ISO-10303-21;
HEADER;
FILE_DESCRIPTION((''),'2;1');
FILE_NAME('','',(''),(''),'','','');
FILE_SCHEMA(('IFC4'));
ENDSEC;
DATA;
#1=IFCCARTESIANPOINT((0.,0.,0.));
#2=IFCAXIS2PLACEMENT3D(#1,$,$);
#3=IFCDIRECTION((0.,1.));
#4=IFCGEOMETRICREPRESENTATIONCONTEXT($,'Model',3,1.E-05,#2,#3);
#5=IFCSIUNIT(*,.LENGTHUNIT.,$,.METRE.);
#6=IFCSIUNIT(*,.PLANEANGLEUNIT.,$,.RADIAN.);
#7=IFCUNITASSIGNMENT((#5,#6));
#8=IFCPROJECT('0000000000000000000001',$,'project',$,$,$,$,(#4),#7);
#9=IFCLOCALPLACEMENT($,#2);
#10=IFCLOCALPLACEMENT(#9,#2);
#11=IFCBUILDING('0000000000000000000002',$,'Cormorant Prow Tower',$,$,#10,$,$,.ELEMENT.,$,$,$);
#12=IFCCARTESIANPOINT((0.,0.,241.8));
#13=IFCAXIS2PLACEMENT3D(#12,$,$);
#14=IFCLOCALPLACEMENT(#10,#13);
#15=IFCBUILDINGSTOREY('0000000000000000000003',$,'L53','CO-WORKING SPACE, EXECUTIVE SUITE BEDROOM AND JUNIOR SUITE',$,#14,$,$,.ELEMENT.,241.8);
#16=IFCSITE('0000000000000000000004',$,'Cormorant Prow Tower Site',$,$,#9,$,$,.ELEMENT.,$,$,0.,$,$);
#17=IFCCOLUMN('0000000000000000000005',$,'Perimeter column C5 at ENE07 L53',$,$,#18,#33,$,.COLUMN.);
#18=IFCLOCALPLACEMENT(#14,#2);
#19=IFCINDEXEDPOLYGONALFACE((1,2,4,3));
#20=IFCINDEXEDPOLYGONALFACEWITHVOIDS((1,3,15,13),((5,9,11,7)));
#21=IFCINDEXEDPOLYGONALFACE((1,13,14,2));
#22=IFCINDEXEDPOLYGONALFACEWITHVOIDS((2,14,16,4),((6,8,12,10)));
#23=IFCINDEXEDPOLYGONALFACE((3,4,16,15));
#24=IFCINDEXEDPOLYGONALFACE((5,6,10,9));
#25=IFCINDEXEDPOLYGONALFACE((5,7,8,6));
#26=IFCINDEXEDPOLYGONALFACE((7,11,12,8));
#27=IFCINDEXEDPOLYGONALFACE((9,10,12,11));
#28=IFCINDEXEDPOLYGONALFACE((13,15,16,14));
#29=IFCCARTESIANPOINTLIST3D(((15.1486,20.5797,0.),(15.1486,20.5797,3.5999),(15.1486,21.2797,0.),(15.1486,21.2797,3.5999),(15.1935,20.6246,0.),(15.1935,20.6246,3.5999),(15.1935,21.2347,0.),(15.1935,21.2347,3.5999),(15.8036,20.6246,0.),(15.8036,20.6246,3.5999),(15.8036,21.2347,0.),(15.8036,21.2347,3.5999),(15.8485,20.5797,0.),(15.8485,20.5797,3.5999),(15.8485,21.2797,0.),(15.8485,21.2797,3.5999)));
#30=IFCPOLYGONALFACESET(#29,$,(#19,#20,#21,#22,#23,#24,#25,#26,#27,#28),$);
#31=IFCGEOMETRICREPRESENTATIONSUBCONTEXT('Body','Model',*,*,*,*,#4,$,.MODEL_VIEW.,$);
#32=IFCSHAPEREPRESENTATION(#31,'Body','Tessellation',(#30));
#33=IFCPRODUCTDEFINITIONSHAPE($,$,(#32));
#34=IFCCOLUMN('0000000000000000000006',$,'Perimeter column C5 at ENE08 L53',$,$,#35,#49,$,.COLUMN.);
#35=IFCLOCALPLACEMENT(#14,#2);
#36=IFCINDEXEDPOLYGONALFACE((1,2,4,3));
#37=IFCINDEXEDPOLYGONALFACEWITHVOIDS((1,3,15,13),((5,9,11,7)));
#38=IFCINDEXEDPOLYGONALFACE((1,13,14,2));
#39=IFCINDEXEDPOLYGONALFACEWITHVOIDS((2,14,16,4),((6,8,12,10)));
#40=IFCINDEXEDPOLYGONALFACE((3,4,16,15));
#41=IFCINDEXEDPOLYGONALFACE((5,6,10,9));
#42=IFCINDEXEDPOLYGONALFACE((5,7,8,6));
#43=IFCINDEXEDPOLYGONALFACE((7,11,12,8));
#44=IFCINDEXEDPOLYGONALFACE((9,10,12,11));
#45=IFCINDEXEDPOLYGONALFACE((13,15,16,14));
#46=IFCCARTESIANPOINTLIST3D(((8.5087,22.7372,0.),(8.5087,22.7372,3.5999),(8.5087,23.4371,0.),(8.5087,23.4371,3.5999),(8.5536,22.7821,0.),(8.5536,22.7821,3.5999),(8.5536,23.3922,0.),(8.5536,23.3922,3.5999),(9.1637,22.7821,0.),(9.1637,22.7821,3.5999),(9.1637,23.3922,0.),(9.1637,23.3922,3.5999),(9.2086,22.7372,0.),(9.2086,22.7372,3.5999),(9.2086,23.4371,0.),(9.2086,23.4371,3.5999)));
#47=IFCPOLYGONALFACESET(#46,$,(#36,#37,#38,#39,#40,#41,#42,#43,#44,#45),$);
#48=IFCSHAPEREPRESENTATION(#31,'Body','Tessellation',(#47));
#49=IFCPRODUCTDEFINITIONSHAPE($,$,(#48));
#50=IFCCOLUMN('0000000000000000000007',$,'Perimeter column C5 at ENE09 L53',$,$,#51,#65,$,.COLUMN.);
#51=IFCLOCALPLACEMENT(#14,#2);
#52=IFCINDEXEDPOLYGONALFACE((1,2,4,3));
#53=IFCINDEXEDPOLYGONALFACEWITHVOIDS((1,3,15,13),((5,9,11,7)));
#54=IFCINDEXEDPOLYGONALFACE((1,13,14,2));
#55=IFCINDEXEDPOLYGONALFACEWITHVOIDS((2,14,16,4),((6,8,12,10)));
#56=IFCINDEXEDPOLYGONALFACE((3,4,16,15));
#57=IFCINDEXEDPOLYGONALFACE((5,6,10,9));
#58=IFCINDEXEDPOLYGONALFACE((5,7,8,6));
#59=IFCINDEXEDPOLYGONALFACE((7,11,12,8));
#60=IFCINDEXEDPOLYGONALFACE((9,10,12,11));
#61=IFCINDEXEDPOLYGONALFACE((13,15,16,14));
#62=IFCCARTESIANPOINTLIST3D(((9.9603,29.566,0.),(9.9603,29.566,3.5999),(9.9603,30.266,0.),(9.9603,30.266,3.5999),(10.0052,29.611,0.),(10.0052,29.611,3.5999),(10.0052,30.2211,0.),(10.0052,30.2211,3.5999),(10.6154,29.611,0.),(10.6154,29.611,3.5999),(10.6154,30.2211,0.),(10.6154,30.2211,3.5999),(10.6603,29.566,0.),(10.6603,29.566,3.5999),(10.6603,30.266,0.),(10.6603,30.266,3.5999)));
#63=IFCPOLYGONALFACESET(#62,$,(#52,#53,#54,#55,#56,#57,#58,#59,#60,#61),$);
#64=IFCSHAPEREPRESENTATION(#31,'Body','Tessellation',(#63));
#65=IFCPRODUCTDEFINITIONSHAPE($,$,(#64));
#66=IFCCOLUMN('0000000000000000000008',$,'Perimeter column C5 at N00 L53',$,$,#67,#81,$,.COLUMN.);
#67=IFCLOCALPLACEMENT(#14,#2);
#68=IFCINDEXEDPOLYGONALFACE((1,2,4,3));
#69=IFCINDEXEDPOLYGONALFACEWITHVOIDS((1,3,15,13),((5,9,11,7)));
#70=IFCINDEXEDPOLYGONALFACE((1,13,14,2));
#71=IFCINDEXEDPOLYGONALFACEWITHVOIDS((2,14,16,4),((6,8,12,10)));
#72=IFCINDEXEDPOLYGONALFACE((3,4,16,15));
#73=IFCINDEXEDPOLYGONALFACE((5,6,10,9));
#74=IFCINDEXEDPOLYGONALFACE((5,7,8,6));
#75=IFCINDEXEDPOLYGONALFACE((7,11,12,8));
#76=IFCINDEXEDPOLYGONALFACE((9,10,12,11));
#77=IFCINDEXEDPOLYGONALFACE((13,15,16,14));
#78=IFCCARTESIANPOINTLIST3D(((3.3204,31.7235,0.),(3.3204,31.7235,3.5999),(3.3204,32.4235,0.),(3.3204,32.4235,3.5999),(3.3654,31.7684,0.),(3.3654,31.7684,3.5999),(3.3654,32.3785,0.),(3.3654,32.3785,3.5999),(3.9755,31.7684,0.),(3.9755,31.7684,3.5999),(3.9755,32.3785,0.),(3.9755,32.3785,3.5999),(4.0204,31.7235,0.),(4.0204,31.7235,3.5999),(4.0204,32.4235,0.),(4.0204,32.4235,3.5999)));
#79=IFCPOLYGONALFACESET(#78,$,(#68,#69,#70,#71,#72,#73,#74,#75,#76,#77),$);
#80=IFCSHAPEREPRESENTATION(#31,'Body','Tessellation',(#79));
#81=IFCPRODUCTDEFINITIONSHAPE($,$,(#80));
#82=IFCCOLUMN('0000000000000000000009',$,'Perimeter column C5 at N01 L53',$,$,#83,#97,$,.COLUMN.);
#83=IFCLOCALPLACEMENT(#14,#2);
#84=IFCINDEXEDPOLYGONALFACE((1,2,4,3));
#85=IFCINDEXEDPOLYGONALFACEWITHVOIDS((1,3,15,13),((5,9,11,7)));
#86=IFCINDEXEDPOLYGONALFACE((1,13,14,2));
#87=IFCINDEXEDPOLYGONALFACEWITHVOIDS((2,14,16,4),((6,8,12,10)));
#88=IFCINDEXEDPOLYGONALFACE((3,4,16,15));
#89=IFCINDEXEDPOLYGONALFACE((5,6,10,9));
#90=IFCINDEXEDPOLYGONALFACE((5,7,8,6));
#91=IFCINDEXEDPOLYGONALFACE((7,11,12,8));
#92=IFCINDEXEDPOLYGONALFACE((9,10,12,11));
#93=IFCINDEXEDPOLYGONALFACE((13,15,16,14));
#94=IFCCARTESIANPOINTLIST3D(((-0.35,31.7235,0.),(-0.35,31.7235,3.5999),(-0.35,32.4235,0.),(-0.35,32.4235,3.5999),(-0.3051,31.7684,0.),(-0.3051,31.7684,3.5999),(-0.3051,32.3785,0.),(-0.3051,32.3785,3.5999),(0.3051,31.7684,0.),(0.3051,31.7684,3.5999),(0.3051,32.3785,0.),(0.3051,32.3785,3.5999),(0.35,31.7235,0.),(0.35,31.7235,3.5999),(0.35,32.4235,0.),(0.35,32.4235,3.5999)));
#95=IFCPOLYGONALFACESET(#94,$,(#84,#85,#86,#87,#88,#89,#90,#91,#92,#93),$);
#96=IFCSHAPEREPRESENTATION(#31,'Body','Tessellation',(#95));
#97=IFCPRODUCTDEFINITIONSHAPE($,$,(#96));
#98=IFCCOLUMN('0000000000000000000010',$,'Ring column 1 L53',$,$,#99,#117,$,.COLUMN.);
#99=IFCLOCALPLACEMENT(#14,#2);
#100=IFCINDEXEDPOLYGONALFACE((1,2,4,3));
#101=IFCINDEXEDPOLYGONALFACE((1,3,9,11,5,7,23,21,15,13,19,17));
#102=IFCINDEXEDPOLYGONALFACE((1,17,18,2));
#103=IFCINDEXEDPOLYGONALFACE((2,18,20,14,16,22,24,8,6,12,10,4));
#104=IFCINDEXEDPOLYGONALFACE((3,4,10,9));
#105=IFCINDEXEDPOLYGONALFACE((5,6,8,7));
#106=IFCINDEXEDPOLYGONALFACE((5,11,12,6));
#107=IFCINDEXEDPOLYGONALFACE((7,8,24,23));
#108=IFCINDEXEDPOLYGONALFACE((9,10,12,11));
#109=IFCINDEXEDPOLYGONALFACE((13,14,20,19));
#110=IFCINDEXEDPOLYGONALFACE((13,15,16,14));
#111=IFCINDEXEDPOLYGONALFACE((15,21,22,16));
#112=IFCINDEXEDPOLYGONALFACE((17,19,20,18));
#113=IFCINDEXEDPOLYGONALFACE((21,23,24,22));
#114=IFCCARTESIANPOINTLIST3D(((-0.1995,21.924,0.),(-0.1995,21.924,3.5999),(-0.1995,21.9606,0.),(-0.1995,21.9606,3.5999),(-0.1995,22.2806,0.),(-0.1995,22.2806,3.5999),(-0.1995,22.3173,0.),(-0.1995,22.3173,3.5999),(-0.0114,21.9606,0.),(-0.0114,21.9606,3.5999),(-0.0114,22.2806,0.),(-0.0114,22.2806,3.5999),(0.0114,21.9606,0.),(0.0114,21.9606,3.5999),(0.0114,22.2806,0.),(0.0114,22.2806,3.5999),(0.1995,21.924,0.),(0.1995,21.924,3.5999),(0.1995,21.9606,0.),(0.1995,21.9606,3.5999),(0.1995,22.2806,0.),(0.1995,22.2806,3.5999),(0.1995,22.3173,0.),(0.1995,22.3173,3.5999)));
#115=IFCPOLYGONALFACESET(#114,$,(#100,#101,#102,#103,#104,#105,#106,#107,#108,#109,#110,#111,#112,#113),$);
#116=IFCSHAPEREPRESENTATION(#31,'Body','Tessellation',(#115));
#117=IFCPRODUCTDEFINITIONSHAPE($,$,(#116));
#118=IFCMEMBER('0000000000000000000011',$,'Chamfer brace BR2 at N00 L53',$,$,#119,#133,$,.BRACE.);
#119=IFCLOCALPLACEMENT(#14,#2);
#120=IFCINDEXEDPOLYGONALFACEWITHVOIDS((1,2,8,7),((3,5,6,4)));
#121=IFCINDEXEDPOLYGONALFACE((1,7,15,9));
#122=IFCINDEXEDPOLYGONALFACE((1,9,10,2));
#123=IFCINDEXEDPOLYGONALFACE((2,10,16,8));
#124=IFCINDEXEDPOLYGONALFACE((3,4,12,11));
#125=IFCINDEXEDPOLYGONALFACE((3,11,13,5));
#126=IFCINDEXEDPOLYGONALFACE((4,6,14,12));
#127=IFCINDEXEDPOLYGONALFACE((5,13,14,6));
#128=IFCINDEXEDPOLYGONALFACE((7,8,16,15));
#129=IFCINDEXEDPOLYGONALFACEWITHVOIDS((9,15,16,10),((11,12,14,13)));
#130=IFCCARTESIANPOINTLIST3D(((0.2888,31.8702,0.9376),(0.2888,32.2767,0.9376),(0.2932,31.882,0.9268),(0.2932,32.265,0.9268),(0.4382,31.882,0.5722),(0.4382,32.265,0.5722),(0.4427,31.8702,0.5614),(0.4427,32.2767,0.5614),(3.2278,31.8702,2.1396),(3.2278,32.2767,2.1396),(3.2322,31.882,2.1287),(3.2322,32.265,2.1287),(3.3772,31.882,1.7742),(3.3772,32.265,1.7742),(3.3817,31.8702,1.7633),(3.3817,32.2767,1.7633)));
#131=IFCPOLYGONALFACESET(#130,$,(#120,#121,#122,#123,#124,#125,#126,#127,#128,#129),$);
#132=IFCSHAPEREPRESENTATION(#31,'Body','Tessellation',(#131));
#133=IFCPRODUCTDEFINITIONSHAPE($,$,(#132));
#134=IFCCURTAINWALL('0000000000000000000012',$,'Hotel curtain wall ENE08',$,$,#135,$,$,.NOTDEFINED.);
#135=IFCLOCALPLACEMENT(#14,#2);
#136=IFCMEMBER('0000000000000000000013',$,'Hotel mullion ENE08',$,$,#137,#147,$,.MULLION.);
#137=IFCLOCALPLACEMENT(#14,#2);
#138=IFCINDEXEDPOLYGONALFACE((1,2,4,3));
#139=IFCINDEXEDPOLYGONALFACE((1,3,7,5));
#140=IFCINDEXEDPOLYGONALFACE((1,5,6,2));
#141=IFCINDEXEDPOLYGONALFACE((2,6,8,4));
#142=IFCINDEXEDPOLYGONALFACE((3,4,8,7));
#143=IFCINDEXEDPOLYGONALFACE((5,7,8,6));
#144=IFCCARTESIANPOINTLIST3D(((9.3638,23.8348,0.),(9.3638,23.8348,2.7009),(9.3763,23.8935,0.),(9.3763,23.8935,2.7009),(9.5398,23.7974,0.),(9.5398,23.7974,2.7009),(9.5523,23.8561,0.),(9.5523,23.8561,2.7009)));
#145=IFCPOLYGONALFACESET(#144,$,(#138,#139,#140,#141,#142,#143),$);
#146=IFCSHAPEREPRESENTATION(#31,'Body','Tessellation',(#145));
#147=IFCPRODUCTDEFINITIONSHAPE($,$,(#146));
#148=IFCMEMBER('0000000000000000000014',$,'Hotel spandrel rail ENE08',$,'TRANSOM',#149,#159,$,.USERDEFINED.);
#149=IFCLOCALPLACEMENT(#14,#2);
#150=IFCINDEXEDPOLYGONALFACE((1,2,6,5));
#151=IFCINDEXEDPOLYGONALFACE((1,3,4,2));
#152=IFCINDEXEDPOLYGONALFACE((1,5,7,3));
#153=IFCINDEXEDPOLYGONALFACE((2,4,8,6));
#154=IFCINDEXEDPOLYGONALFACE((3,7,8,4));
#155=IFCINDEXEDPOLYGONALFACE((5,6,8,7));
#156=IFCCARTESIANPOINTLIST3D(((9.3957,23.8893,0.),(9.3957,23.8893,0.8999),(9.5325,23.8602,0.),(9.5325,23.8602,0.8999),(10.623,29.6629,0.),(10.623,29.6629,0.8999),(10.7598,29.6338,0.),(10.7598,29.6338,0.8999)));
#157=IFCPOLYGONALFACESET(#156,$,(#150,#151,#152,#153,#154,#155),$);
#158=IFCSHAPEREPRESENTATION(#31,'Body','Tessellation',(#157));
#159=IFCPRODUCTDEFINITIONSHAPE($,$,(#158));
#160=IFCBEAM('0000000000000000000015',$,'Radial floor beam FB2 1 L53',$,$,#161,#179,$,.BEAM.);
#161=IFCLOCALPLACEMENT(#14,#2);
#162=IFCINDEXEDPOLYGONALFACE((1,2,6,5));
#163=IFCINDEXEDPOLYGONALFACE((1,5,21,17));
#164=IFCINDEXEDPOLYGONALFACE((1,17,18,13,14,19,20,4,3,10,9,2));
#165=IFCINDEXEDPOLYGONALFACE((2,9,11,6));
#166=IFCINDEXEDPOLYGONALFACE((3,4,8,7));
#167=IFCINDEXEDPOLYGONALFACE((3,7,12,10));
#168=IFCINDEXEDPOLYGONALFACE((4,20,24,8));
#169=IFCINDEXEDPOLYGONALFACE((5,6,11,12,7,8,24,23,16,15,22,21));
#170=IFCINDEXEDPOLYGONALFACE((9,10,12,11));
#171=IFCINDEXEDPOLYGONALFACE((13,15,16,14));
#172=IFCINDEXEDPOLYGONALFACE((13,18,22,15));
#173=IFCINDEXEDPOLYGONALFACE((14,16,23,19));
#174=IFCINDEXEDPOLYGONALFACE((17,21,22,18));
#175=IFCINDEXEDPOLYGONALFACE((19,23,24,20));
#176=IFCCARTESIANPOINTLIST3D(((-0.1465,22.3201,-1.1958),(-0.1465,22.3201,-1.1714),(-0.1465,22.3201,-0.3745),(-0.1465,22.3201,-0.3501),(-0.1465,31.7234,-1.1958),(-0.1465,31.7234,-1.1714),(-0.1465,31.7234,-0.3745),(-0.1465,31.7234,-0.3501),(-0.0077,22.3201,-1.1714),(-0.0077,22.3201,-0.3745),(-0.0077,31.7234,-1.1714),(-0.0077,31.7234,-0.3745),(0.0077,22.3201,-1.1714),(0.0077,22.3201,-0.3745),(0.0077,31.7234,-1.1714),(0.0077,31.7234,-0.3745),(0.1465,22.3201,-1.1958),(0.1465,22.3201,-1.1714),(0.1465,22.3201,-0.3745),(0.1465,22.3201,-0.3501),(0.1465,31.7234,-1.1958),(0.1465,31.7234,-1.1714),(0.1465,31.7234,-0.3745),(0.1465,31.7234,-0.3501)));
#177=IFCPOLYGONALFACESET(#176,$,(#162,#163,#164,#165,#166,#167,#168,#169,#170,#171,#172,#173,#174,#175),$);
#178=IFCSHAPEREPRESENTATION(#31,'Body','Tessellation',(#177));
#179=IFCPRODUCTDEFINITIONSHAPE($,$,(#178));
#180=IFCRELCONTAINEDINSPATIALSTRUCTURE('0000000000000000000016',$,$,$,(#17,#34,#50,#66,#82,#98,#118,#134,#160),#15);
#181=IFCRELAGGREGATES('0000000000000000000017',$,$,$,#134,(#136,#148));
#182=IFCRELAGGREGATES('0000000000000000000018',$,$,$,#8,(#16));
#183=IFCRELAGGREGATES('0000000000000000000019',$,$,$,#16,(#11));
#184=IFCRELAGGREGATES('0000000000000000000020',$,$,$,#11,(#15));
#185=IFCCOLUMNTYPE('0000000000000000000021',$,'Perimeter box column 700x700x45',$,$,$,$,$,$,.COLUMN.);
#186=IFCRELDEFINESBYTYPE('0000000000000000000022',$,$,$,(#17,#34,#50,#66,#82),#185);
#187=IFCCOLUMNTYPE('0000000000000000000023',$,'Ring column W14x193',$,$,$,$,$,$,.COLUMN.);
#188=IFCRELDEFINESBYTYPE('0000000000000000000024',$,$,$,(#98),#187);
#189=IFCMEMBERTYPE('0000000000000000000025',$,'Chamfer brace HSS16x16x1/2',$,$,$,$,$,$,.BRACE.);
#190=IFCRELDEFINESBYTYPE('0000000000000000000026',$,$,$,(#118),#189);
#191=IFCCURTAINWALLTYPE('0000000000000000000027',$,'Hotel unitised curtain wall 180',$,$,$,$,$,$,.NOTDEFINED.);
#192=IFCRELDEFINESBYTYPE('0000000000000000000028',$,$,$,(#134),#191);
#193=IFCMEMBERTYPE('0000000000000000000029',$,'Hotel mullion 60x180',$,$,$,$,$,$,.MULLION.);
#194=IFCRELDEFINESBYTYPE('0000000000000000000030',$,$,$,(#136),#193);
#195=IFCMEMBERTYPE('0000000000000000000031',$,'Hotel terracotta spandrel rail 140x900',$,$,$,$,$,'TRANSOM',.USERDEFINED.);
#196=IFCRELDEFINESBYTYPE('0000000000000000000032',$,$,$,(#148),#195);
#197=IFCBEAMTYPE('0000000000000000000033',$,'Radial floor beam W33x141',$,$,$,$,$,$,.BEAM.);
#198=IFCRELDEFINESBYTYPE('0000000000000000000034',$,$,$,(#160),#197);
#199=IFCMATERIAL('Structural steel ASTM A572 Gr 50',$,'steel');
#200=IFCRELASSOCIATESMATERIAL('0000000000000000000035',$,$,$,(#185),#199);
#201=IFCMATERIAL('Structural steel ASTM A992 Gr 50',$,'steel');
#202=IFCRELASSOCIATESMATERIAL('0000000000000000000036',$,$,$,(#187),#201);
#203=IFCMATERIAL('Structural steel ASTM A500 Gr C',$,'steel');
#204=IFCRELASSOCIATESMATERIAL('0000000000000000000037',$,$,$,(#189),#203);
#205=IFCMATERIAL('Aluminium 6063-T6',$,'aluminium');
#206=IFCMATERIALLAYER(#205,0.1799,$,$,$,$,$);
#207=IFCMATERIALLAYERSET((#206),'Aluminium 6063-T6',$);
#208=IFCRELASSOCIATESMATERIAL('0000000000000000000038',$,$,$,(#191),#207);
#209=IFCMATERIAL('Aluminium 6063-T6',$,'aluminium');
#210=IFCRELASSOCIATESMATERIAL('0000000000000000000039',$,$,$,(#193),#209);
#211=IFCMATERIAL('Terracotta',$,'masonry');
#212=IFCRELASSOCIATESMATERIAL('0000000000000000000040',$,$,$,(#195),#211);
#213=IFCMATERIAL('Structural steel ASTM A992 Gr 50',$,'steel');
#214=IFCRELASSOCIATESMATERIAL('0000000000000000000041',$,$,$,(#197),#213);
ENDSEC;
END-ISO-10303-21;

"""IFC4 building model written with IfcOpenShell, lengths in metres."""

from ifc_helpers import new_model, si_unit, direction, frame, origin, origin_2d, place, context, subcontext, project, spatial, rectangle, hollow_rectangle, i_section, extrude, material, layer, layer_set, material_profile, profile_set, type_object, element, aggregate, save


model = new_model("IFC4")

# Units and contexts
model_context = context("Model", 3, precision=1e-05, world=origin(), true_north=direction((0.0, 1.0)))
body_context = subcontext(model_context, "Body", "Model", "MODEL_VIEW")
ifc_project = project(units=[si_unit("LENGTHUNIT", "METRE"), si_unit("PLANEANGLEUNIT", "RADIAN")], contexts=[model_context])

# Site, building, storey
site_placement = place(None, origin())
site = spatial("IfcSite", under=ifc_project, at=site_placement, Name="Cormorant Prow Tower Site", CompositionType="ELEMENT", RefElevation=0.0)
building_placement = place(site_placement, origin())
building = spatial("IfcBuilding", under=site, at=building_placement, Name="Cormorant Prow Tower", CompositionType="ELEMENT")
storey_placement = place(building_placement, frame((0.0, 0.0, 241.8)))
storey = spatial("IfcBuildingStorey", under=building, at=storey_placement, Name="L53", Description="CO-WORKING SPACE, EXECUTIVE SUITE BEDROOM AND JUNIOR SUITE", CompositionType="ELEMENT", Elevation=241.8)

# Columns
ifc_material_1 = material(Name="Structural steel ASTM A572 Gr 50", Category="steel")
ifc_material_profile_1 = material_profile(ifc_material_1, hollow_rectangle(XDim=0.7, YDim=0.7, WallThickness=0.0449, at=origin_2d()), Name="Box 700x700x45")
ifc_profile_set_1 = profile_set([ifc_material_profile_1], Name="Structural steel ASTM A572 Gr 50")
column_type_1 = type_object("IfcColumnType", Name="Perimeter box column 700x700x45", PredefinedType="COLUMN", material=ifc_profile_set_1)
for number, where, z_axis, x_axis, name in (
    (1, (15.4985, 20.9297, 0.0), (0.0, 0.0, 1.0), (1.0, 0.0, 0.0), "Perimeter column C5 at ENE07 L53"),
    (2, (8.8586, 23.0872, 0.0), (0.0, 0.0, 1.0), (1.0, 0.0, 0.0), "Perimeter column C5 at ENE08 L53"),
    (3, (10.3103, 29.916, 0.0), (0.0, 0.0, 1.0), (1.0, 0.0, 0.0), "Perimeter column C5 at ENE09 L53"),
    (4, (3.6704, 32.0735, 0.0), (0.0, 0.0, 1.0), (1.0, 0.0, 0.0), "Perimeter column C5 at N00 L53"),
    (5, (0.0, 32.0735, 0.0), (0.0, 0.0, 1.0), (1.0, 0.0, 0.0), "Perimeter column C5 at N01 L53"),
):
    element("IfcColumn", number, at=place(storey_placement, frame(where, z_axis=z_axis, x_axis=x_axis)), inside=storey, type_object=column_type_1, Name=name, PredefinedType="COLUMN", context=body_context, shape_type="SweptSolid", body=[
        extrude(hollow_rectangle(XDim=0.7, YDim=0.7, WallThickness=0.0449, at=origin_2d()), origin(), (0.0, 0.0, 1.0), 3.5999),
    ])
ifc_material_2 = material(Name="Structural steel ASTM A992 Gr 50", Category="steel")
ifc_material_profile_2 = material_profile(ifc_material_2, i_section(OverallWidth=0.3989, OverallDepth=0.3933, WebThickness=0.0227, FlangeThickness=0.0366, at=origin_2d()), Name="W14x193")
ifc_profile_set_2 = profile_set([ifc_material_profile_2], Name="Structural steel ASTM A992 Gr 50")
column_type_2 = type_object("IfcColumnType", Name="Ring column W14x193", PredefinedType="COLUMN", material=ifc_profile_set_2)
column_placement = place(storey_placement, frame((0.0, 22.1206, 0.0), z_axis=(0.0, 0.0, 1.0), x_axis=(1.0, 0.0, 0.0)))
element("IfcColumn", 6, at=column_placement, inside=storey, type_object=column_type_2, Name="Ring column 1 L53", PredefinedType="COLUMN", context=body_context, shape_type="SweptSolid", body=[
    extrude(i_section(OverallWidth=0.3989, OverallDepth=0.3933, WebThickness=0.0227, FlangeThickness=0.0366, at=origin_2d()), origin(), (0.0, 0.0, 1.0), 3.5999),
])

# Member
ifc_material_3 = material(Name="Structural steel ASTM A500 Gr C", Category="steel")
ifc_material_profile_3 = material_profile(ifc_material_3, hollow_rectangle(XDim=0.4065, YDim=0.4065, WallThickness=0.0117, at=origin_2d()), Name="HSS16x16x1/2")
ifc_profile_set_3 = profile_set([ifc_material_profile_3], Name="Structural steel ASTM A500 Gr C")
member_type_1 = type_object("IfcMemberType", Name="Chamfer brace HSS16x16x1/2", PredefinedType="BRACE", material=ifc_profile_set_3)
member_1_placement = place(storey_placement, frame((0.3657, 32.0735, 0.7495), z_axis=(0.925591, 0.0, 0.378525), x_axis=(0.0, 1.0, 0.0)))
element("IfcMember", 7, at=member_1_placement, inside=storey, type_object=member_type_1, Name="Chamfer brace BR2 at N00 L53", PredefinedType="BRACE", context=body_context, shape_type="SweptSolid", body=[
    extrude(hollow_rectangle(XDim=0.4065, YDim=0.4065, WallThickness=0.0117, at=origin_2d()), origin(), (0.0, 0.0, 1.0), 3.1753),
])

# Curtain wall, members
ifc_material_4 = material(Name="Aluminium 6063-T6", Category="aluminium")
ifc_layer_1 = layer(ifc_material_4, 0.1799)
ifc_layer_set_1 = layer_set([ifc_layer_1], Name="Aluminium 6063-T6")
curtain_wall_type = type_object("IfcCurtainWallType", Name="Hotel unitised curtain wall 180", PredefinedType="NOTDEFINED", material=ifc_layer_set_1)
curtain_wall_placement = place(storey_placement, origin())
curtain_wall = element("IfcCurtainWall", 8, at=curtain_wall_placement, inside=storey, type_object=curtain_wall_type, Name="Hotel curtain wall ENE08", PredefinedType="NOTDEFINED")
ifc_material_5 = material(Name="Aluminium 6063-T6", Category="aluminium")
ifc_material_profile_4 = material_profile(ifc_material_5, rectangle(XDim=0.1799, YDim=0.0601, at=origin_2d()), Name="Hotel mullion 60x180")
ifc_profile_set_4 = profile_set([ifc_material_profile_4], Name="Aluminium 6063-T6")
member_type_2 = type_object("IfcMemberType", Name="Hotel mullion 60x180", PredefinedType="MULLION", material=ifc_profile_set_4)
member_2_placement = place(storey_placement, frame((9.458, 23.8455, 0.0), z_axis=(0.0, 0.0, 1.0), x_axis=(-0.978148, 0.207912, 0.0)))
member_2 = element("IfcMember", 9, at=member_2_placement, type_object=member_type_2, Name="Hotel mullion ENE08", PredefinedType="MULLION", context=body_context, shape_type="SweptSolid", body=[
    extrude(rectangle(XDim=0.1799, YDim=0.0601, at=origin_2d()), origin(), (0.0, 0.0, 1.0), 2.7009),
])
ifc_material_6 = material(Name="Terracotta", Category="masonry")
ifc_material_profile_5 = material_profile(ifc_material_6, rectangle(XDim=0.1399, YDim=0.8999, at=origin_2d()), Name="Hotel terracotta spandrel rail 140x900")
ifc_profile_set_5 = profile_set([ifc_material_profile_5], Name="Terracotta")
member_type_3 = type_object("IfcMemberType", Name="Hotel terracotta spandrel rail 140x900", ElementType="TRANSOM", PredefinedType="USERDEFINED", material=ifc_profile_set_5)
member_3_placement = place(storey_placement, frame((9.4641, 23.8748, 0.45), z_axis=(0.207922, 0.978145, 0.0), x_axis=(-0.978145, 0.207922, 0.0)))
member_3 = element("IfcMember", 10, at=member_3_placement, type_object=member_type_3, Name="Hotel spandrel rail ENE08", ObjectType="TRANSOM", PredefinedType="USERDEFINED", context=body_context, shape_type="SweptSolid", body=[
    extrude(rectangle(XDim=0.1399, YDim=0.8999, at=origin_2d()), origin(), (0.0, 0.0, 1.0), 5.9026),
])

# Beam
ifc_material_7 = material(Name="Structural steel ASTM A992 Gr 50", Category="steel")
ifc_material_profile_6 = material_profile(ifc_material_7, i_section(OverallWidth=0.293, OverallDepth=0.8457, WebThickness=0.0154, FlangeThickness=0.0244, at=origin_2d()), Name="W33x141")
ifc_profile_set_6 = profile_set([ifc_material_profile_6], Name="Structural steel ASTM A992 Gr 50")
beam_type_1 = type_object("IfcBeamType", Name="Radial floor beam W33x141", PredefinedType="BEAM", material=ifc_profile_set_6)
beam_1_placement = place(storey_placement, frame((0.0, 22.3201, -0.7729), z_axis=(0.0, 1.0, 0.0), x_axis=(-1.0, 0.0, 0.0)))
element("IfcBeam", 11, at=beam_1_placement, inside=storey, type_object=beam_type_1, Name="Radial floor beam FB2 1 L53", PredefinedType="BEAM", context=body_context, shape_type="SweptSolid", body=[
    extrude(i_section(OverallWidth=0.293, OverallDepth=0.8457, WebThickness=0.0154, FlangeThickness=0.0244, at=origin_2d()), origin(), (0.0, 0.0, 1.0), 9.4033),
])

aggregate(curtain_wall, [member_2, member_3])

save(model, "model.ifc")
